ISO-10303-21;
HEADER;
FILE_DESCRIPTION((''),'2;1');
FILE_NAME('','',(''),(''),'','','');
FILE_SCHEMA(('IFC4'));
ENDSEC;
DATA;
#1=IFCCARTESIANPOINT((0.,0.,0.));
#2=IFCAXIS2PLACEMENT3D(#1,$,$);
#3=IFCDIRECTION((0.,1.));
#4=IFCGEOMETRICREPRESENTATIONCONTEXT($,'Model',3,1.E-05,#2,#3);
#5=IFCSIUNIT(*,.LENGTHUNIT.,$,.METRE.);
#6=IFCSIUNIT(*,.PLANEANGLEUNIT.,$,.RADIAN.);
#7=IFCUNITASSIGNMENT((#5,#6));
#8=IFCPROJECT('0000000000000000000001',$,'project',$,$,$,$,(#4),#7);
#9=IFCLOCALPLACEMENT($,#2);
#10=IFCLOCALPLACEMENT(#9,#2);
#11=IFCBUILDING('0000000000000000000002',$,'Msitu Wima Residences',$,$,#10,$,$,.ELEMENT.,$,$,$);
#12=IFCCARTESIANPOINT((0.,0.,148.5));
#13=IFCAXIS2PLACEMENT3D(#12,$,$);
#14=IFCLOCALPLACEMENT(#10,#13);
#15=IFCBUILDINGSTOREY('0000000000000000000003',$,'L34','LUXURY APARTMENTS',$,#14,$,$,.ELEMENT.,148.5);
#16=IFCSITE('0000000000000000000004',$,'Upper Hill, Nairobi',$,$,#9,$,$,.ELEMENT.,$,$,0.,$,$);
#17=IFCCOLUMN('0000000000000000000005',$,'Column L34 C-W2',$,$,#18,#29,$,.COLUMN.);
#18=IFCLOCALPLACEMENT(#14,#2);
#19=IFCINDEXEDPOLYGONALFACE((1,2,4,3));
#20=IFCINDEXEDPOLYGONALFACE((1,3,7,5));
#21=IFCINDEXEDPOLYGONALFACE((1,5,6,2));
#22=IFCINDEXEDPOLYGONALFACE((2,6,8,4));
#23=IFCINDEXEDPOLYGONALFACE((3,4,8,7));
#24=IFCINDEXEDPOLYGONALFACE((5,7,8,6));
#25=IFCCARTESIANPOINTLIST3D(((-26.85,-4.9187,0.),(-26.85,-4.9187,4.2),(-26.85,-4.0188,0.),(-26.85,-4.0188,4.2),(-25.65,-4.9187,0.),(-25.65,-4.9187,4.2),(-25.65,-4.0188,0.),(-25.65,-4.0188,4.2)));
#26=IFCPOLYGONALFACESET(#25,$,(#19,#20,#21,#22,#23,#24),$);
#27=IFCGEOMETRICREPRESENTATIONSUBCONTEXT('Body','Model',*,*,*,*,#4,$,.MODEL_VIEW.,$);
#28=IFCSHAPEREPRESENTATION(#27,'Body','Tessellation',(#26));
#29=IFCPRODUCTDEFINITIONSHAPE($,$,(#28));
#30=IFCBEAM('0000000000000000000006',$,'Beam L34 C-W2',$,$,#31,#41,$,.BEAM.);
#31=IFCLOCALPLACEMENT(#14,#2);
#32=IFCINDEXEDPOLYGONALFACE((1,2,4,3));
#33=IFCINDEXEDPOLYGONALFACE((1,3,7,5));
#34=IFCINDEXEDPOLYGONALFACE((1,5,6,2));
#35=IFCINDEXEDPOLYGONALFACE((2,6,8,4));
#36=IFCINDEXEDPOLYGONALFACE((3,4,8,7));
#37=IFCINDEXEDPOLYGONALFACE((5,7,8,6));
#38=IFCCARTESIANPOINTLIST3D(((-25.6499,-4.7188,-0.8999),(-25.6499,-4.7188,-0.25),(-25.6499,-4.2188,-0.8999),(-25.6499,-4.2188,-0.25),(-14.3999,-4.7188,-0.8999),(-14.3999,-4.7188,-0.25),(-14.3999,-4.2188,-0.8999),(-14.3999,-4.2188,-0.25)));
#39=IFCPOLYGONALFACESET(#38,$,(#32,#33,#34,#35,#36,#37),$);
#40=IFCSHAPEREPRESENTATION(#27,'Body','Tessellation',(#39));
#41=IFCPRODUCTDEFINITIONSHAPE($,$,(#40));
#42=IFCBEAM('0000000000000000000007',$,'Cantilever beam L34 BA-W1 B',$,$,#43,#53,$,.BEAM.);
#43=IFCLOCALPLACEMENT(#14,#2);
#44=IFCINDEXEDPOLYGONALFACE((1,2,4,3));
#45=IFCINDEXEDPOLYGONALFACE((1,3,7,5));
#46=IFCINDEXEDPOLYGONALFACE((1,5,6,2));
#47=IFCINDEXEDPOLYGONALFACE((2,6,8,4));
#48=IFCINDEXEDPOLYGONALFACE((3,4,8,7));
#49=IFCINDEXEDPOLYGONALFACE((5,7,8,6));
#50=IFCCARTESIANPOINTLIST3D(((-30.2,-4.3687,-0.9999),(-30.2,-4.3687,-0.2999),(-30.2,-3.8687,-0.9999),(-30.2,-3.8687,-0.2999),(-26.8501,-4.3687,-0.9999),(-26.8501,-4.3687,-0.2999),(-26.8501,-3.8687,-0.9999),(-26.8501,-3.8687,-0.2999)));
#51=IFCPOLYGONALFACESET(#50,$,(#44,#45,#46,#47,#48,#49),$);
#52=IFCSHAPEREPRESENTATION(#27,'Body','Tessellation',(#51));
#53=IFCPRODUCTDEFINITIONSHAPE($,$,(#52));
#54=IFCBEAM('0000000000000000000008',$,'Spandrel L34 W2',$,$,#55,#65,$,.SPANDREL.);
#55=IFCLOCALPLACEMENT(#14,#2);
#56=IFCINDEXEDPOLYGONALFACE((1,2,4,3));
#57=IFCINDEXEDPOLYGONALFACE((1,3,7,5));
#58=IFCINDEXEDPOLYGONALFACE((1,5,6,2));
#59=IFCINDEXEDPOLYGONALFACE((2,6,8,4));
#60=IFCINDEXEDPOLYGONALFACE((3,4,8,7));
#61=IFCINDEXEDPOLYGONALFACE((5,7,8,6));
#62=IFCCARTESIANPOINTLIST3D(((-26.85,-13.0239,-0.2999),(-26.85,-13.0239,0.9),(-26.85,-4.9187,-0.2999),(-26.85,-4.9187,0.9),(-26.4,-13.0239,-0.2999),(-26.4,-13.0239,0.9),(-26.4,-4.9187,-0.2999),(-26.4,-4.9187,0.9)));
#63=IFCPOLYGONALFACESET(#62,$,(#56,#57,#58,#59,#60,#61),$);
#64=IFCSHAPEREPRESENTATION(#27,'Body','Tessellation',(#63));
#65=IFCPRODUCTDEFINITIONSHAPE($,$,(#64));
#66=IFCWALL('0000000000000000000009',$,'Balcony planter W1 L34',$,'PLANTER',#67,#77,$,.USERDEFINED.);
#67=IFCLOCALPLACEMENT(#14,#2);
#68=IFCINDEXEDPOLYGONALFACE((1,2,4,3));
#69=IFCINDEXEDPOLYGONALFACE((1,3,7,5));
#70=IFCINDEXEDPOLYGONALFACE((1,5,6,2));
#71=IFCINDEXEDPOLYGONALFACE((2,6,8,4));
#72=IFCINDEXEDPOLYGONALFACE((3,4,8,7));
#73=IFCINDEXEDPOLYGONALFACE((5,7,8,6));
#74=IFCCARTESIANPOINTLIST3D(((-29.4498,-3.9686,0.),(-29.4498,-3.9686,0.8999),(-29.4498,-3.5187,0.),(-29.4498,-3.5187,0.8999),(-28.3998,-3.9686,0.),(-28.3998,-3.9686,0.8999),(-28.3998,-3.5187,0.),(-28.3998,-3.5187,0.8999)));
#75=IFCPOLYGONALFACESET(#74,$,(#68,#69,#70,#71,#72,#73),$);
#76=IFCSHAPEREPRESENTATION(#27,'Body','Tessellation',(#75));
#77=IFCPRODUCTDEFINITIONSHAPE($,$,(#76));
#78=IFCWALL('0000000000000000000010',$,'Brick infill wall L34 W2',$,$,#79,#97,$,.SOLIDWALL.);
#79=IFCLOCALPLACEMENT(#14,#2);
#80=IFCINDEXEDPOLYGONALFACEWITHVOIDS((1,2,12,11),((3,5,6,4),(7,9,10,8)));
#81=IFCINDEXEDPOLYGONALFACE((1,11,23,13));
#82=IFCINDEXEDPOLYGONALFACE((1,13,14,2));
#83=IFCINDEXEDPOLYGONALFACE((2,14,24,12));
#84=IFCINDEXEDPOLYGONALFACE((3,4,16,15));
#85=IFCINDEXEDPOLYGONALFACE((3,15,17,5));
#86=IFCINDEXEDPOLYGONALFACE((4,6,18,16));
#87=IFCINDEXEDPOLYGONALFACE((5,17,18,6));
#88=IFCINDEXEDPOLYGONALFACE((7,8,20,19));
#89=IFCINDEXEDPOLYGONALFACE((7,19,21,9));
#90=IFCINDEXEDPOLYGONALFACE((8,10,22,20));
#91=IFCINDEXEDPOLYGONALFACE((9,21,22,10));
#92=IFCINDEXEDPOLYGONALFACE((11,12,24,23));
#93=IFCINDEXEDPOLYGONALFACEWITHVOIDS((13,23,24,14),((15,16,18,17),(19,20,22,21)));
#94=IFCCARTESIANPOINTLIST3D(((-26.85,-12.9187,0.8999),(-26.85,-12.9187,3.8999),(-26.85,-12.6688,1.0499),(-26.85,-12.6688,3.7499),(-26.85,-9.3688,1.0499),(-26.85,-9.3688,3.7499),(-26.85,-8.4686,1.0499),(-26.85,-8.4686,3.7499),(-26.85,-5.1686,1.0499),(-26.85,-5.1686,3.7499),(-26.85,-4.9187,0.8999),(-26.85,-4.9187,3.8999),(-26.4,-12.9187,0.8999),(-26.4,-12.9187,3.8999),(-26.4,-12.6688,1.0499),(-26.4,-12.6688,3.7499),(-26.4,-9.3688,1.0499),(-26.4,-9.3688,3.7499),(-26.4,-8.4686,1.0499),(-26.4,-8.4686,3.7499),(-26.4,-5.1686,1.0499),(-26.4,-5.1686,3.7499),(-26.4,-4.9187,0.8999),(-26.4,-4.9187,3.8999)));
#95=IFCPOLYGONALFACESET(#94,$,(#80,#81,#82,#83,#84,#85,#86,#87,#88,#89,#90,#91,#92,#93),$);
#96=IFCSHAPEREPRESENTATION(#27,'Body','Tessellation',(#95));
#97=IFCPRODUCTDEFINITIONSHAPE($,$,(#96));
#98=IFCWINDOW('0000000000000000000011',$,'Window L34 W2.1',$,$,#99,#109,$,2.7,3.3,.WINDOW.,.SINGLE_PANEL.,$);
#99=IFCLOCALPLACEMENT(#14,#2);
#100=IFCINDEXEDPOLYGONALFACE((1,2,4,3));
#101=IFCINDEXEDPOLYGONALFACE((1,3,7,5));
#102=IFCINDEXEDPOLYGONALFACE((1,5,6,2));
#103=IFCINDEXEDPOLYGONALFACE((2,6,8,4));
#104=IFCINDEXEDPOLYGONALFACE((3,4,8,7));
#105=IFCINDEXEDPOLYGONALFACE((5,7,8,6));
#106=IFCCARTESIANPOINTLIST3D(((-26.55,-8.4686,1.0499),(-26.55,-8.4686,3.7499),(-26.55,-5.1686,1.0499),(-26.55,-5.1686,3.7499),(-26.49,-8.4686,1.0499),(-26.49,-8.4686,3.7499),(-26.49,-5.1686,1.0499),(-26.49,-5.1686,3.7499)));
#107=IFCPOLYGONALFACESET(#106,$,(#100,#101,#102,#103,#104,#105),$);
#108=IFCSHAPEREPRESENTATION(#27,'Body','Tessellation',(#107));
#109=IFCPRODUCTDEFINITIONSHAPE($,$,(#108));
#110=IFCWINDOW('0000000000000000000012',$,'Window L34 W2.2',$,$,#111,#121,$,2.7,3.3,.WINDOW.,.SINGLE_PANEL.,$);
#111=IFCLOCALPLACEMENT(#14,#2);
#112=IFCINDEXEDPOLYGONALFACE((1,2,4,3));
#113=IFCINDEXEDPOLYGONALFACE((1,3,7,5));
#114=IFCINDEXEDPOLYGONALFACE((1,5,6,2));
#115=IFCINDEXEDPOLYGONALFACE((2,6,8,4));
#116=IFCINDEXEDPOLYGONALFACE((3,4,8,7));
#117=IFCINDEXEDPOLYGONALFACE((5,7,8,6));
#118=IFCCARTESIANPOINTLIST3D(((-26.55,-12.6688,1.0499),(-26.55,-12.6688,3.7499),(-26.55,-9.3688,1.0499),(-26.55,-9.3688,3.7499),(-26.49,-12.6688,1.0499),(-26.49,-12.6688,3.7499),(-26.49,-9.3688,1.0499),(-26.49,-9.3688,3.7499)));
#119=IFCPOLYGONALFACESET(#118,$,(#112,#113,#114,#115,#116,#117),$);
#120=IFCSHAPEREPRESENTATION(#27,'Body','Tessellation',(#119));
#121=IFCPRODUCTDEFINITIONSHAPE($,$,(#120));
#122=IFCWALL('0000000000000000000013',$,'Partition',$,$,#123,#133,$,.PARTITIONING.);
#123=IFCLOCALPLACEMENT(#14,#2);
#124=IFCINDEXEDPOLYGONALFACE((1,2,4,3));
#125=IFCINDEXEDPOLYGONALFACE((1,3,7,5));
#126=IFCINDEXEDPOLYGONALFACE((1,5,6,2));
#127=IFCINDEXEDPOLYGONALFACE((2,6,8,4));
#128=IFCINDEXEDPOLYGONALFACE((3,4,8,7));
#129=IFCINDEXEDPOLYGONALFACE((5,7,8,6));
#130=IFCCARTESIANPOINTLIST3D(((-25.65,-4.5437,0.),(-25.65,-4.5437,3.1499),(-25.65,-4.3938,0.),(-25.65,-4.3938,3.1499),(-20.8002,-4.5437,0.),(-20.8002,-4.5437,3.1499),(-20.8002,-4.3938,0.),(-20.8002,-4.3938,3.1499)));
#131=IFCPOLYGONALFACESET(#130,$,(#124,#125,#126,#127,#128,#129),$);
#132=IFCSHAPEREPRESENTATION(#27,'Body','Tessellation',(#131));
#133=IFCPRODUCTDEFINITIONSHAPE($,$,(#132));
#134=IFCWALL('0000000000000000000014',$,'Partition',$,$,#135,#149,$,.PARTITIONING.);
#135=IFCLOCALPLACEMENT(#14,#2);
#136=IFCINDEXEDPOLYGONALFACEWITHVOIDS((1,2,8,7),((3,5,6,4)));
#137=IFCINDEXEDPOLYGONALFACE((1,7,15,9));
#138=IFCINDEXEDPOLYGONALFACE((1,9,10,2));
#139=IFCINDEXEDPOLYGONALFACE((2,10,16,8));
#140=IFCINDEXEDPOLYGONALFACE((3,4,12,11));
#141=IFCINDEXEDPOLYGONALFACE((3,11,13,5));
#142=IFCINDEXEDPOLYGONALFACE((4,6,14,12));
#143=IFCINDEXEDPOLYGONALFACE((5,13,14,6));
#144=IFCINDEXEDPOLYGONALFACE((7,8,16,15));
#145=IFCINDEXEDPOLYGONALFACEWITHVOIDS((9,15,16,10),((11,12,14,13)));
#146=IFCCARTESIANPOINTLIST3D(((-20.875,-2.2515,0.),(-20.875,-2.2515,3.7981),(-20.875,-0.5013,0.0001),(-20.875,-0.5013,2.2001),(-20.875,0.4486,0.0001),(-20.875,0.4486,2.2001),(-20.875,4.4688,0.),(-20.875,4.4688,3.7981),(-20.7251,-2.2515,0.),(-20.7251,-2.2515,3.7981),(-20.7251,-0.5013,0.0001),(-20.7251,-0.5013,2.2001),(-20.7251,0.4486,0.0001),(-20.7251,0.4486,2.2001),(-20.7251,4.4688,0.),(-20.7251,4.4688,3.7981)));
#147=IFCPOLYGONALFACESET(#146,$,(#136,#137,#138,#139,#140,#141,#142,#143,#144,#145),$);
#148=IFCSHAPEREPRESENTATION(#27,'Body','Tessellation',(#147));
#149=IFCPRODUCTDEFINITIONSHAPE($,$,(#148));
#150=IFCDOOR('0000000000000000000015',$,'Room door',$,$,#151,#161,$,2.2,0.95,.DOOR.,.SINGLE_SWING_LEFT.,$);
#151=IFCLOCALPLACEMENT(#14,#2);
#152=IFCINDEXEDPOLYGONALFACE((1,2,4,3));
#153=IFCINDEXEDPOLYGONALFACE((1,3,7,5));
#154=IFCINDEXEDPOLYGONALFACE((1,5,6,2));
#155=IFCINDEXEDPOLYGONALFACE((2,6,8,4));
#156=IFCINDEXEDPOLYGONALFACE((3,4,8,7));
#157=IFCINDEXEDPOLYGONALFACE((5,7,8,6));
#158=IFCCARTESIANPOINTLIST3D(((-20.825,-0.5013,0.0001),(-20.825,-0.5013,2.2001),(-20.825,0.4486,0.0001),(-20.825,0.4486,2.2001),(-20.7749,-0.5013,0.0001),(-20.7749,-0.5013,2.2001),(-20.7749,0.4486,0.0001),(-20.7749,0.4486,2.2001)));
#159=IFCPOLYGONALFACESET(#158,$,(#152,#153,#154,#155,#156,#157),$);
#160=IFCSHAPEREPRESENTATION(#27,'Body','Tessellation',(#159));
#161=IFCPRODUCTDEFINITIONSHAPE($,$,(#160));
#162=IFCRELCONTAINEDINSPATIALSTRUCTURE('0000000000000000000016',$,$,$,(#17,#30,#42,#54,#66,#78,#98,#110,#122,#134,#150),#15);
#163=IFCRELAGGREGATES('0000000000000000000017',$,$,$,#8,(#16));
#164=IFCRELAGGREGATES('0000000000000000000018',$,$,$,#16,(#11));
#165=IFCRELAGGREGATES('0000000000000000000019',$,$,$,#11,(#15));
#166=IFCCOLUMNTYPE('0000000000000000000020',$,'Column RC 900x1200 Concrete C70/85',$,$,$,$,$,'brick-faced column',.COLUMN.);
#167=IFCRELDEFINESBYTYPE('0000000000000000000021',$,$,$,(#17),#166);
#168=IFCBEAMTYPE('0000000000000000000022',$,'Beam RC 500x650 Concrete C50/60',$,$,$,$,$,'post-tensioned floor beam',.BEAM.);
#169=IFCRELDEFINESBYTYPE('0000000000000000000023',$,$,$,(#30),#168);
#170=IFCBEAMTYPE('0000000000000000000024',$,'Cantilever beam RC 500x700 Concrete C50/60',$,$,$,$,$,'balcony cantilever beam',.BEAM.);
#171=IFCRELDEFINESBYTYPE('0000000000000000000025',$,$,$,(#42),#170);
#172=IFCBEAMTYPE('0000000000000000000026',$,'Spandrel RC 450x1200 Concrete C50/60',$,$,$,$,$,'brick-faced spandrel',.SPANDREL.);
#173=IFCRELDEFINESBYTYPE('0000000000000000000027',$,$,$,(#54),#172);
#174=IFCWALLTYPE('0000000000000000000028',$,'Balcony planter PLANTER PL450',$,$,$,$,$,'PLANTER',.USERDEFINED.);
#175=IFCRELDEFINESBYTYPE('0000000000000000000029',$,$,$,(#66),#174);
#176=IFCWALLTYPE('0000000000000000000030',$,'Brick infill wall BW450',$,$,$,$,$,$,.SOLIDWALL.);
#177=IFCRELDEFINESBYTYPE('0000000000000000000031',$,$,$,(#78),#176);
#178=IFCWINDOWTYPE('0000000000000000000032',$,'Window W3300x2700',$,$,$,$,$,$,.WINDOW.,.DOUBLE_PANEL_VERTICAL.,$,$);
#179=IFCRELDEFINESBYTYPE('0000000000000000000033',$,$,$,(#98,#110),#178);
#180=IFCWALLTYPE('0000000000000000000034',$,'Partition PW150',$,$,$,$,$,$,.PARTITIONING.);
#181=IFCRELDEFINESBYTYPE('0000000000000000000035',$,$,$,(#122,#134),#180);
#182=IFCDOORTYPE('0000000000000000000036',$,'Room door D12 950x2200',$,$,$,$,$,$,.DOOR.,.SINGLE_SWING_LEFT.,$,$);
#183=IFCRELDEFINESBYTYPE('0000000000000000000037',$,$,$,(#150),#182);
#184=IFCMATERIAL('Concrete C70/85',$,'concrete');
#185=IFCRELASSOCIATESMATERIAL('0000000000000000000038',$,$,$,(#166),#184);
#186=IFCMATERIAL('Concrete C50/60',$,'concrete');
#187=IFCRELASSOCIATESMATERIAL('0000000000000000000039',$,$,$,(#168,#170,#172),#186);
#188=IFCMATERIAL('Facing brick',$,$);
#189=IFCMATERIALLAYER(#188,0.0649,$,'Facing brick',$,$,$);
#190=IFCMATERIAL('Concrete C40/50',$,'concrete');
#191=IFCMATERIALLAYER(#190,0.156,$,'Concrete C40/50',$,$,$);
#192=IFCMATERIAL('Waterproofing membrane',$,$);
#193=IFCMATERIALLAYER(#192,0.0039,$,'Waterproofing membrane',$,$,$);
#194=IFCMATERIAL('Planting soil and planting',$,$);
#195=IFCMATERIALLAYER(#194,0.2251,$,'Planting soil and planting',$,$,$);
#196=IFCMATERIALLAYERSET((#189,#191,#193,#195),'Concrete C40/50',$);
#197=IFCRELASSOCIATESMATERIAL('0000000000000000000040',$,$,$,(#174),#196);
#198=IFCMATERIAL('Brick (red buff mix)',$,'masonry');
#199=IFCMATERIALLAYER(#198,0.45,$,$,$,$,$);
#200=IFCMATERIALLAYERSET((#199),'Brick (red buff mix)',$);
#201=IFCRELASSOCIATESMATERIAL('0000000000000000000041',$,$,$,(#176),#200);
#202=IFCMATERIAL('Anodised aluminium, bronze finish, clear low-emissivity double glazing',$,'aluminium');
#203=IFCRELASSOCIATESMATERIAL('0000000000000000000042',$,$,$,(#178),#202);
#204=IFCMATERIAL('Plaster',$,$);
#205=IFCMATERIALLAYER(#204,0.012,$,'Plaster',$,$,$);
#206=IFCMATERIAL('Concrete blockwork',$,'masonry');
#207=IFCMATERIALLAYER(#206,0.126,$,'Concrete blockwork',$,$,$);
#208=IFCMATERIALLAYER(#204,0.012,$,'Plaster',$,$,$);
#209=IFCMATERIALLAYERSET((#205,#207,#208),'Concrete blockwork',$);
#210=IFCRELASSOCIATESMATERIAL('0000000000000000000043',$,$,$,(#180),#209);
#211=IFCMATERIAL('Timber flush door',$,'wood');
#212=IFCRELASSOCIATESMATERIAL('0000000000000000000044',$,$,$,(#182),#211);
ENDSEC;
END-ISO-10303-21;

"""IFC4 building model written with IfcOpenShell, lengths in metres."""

from ifc_helpers import new_model, si_unit, direction, frame, frame_2d, origin, origin_2d, place, context, subcontext, project, spatial, rectangle, extrude, material, layer, layer_set, material_profile, profile_set, type_object, element, fill, save


model = new_model("IFC4")

# Units and contexts
model_context = context("Model", 3, precision=1e-05, world=origin(), true_north=direction((0.0, 1.0)))
body_context = subcontext(model_context, "Body", "Model", "MODEL_VIEW")
ifc_project = project(units=[si_unit("LENGTHUNIT", "METRE"), si_unit("PLANEANGLEUNIT", "RADIAN")], contexts=[model_context])

# Site, building, storey
site_placement = place(None, origin())
site = spatial("IfcSite", under=ifc_project, at=site_placement, Name="Upper Hill, Nairobi", CompositionType="ELEMENT", RefElevation=0.0)
building_placement = place(site_placement, origin())
building = spatial("IfcBuilding", under=site, at=building_placement, Name="Msitu Wima Residences", CompositionType="ELEMENT")
storey_placement = place(building_placement, frame((0.0, 0.0, 148.5)))
storey = spatial("IfcBuildingStorey", under=building, at=storey_placement, Name="L34", Description="LUXURY APARTMENTS", CompositionType="ELEMENT", Elevation=148.5)

# Column
ifc_material_1 = material(Name="Concrete C70/85", Category="concrete")
ifc_material_profile_1 = material_profile(ifc_material_1, rectangle(XDim=0.8999, YDim=1.2, at=origin_2d()), Name="RC 900x1200")
ifc_profile_set_1 = profile_set([ifc_material_profile_1], Name="Concrete C70/85")
column_type = type_object("IfcColumnType", Name="Column RC 900x1200 Concrete C70/85", ElementType="brick-faced column", PredefinedType="COLUMN", material=ifc_profile_set_1)
column_placement = place(storey_placement, frame((-26.25, -4.4688, 0.0), z_axis=(0.0, 0.0, 1.0), x_axis=(0.0, -1.0, 0.0)))
element("IfcColumn", 1, at=column_placement, inside=storey, type_object=column_type, Name="Column L34 C-W2", PredefinedType="COLUMN", context=body_context, shape_type="SweptSolid", body=[
    extrude(rectangle(XDim=0.8999, YDim=1.2, at=origin_2d()), origin(), (0.0, 0.0, 1.0), 4.2),
])

# Beams
ifc_material_2 = material(Name="Concrete C50/60", Category="concrete")
ifc_material_profile_2 = material_profile(ifc_material_2, rectangle(XDim=0.5, YDim=0.6499, at=origin_2d()), Name="RC 500x650")
ifc_profile_set_2 = profile_set([ifc_material_profile_2], Name="Concrete C50/60")
beam_type_1 = type_object("IfcBeamType", Name="Beam RC 500x650 Concrete C50/60", ElementType="post-tensioned floor beam", PredefinedType="BEAM", material=ifc_profile_set_2)
beam_1_placement = place(storey_placement, frame((-25.6499, -4.4688, -0.575), z_axis=(1.0, 0.0, 0.0), x_axis=(0.0, 1.0, 0.0)))
element("IfcBeam", 2, at=beam_1_placement, inside=storey, type_object=beam_type_1, Name="Beam L34 C-W2", PredefinedType="BEAM", context=body_context, shape_type="SweptSolid", body=[
    extrude(rectangle(XDim=0.5, YDim=0.6499, at=origin_2d()), origin(), (0.0, 0.0, 1.0), 11.25),
])
ifc_material_profile_3 = material_profile(ifc_material_2, rectangle(XDim=0.5, YDim=0.7, at=origin_2d()), Name="RC 500x700")
ifc_profile_set_3 = profile_set([ifc_material_profile_3], Name="Concrete C50/60")
beam_type_2 = type_object("IfcBeamType", Name="Cantilever beam RC 500x700 Concrete C50/60", ElementType="balcony cantilever beam", PredefinedType="BEAM", material=ifc_profile_set_3)
beam_2_placement = place(storey_placement, frame((-26.8501, -4.1187, -0.6499), z_axis=(-1.0, 0.0, 0.0), x_axis=(0.0, -1.0, 0.0)))
element("IfcBeam", 3, at=beam_2_placement, inside=storey, type_object=beam_type_2, Name="Cantilever beam L34 BA-W1 B", PredefinedType="BEAM", context=body_context, shape_type="SweptSolid", body=[
    extrude(rectangle(XDim=0.5, YDim=0.7, at=origin_2d()), origin(), (0.0, 0.0, 1.0), 3.3499),
])
ifc_material_profile_4 = material_profile(ifc_material_2, rectangle(XDim=0.45, YDim=1.2, at=origin_2d()), Name="RC 450x1200")
ifc_profile_set_4 = profile_set([ifc_material_profile_4], Name="Concrete C50/60")
beam_type_3 = type_object("IfcBeamType", Name="Spandrel RC 450x1200 Concrete C50/60", ElementType="brick-faced spandrel", PredefinedType="SPANDREL", material=ifc_profile_set_4)
beam_3_placement = place(storey_placement, frame((-26.625, -4.9187, 0.3), z_axis=(0.0, -1.0, 0.0), x_axis=(1.0, 0.0, 0.0)))
element("IfcBeam", 4, at=beam_3_placement, inside=storey, type_object=beam_type_3, Name="Spandrel L34 W2", PredefinedType="SPANDREL", context=body_context, shape_type="SweptSolid", body=[
    extrude(rectangle(XDim=0.45, YDim=1.2, at=origin_2d()), origin(), (0.0, 0.0, 1.0), 8.1052),
])

# Wall
ifc_material_3 = material(Name="Facing brick")
ifc_layer_1 = layer(ifc_material_3, 0.0649, Name="Facing brick")
ifc_material_4 = material(Name="Concrete C40/50", Category="concrete")
ifc_layer_2 = layer(ifc_material_4, 0.156, Name="Concrete C40/50")
ifc_material_5 = material(Name="Waterproofing membrane")
ifc_layer_3 = layer(ifc_material_5, 0.0039, Name="Waterproofing membrane")
ifc_material_6 = material(Name="Planting soil and planting")
ifc_layer_4 = layer(ifc_material_6, 0.2251, Name="Planting soil and planting")
ifc_layer_set_1 = layer_set([ifc_layer_1, ifc_layer_2, ifc_layer_3, ifc_layer_4], Name="Concrete C40/50")
wall_type_1 = type_object("IfcWallType", Name="Balcony planter PLANTER PL450", ElementType="PLANTER", PredefinedType="USERDEFINED", material=ifc_layer_set_1)
wall_1_placement = place(storey_placement, frame((-28.3999, -3.7437, 0.0), z_axis=(0.0, 0.0, 1.0), x_axis=(-1.0, 0.0, 0.0)))
element("IfcWall", 5, at=wall_1_placement, inside=storey, type_object=wall_type_1, Name="Balcony planter W1 L34", ObjectType="PLANTER", PredefinedType="USERDEFINED", context=body_context, shape_type="SweptSolid", body=[
    extrude(rectangle(XDim=1.05, YDim=0.45, at=frame_2d((0.5249, 0.0))), origin(), (0.0, 0.0, 1.0), 0.8999),
])

# Wall, openings, windows
ifc_material_7 = material(Name="Brick (red buff mix)", Category="masonry")
ifc_layer_5 = layer(ifc_material_7, 0.45)
ifc_layer_set_2 = layer_set([ifc_layer_5], Name="Brick (red buff mix)")
wall_type_2 = type_object("IfcWallType", Name="Brick infill wall BW450", PredefinedType="SOLIDWALL", material=ifc_layer_set_2)
wall_2_placement = place(storey_placement, frame((-26.625, -4.9187, 0.8999), z_axis=(0.0, 0.0, 1.0), x_axis=(0.0, -1.0, 0.0)))
wall_2 = element("IfcWall", 6, at=wall_2_placement, inside=storey, type_object=wall_type_2, Name="Brick infill wall L34 W2", PredefinedType="SOLIDWALL", context=body_context, shape_type="SweptSolid", body=[
    extrude(rectangle(XDim=8.0, YDim=0.45, at=frame_2d((4.0, 0.0))), origin(), (0.0, 0.0, 1.0), 3.0),
])
opening_1_placement = place(wall_2_placement, frame((0.25, 0.0, 0.1499)))
opening_1 = element("IfcOpeningElement", 7, at=opening_1_placement, cuts=wall_2, PredefinedType="OPENING", context=body_context, shape_type="SweptSolid", body=[
    extrude(rectangle(XDim=3.3, YDim=2.7, at=frame_2d((1.6499, 1.3501))), frame((0.0, 0.2349, 0.0), z_axis=(0.0, -1.0, 0.0), x_axis=(1.0, 0.0, 0.0)), (0.0, 0.0, 1.0), 0.47),
])
opening_2_placement = place(wall_2_placement, frame((4.4502, 0.0, 0.1499)))
opening_2 = element("IfcOpeningElement", 8, at=opening_2_placement, cuts=wall_2, PredefinedType="OPENING", context=body_context, shape_type="SweptSolid", body=[
    extrude(rectangle(XDim=3.3, YDim=2.7, at=frame_2d((1.6499, 1.3501))), frame((0.0, 0.2349, 0.0), z_axis=(0.0, -1.0, 0.0), x_axis=(1.0, 0.0, 0.0)), (0.0, 0.0, 1.0), 0.47),
])
ifc_material_8 = material(Name="Anodised aluminium, bronze finish, clear low-emissivity double glazing", Category="aluminium")
window_type = type_object("IfcWindowType", Name="Window W3300x2700", PartitioningType="DOUBLE_PANEL_VERTICAL", PredefinedType="WINDOW", material=ifc_material_8)
window_1_placement = place(opening_1_placement, origin())
window_1 = element("IfcWindow", 9, at=window_1_placement, inside=storey, type_object=window_type, Name="Window L34 W2.1", OverallHeight=2.7, OverallWidth=3.3, PartitioningType="SINGLE_PANEL", PredefinedType="WINDOW", context=body_context, shape_type="SweptSolid", body=[
    extrude(rectangle(XDim=3.3, YDim=2.7, at=frame_2d((1.6499, 1.3501))), frame((0.0, 0.135, 0.0), z_axis=(0.0, -1.0, 0.0), x_axis=(1.0, 0.0, 0.0)), (0.0, 0.0, 1.0), 0.0601),
])
fill(opening_1, window_1)
window_2_placement = place(opening_2_placement, origin())
window_2 = element("IfcWindow", 10, at=window_2_placement, inside=storey, type_object=window_type, Name="Window L34 W2.2", OverallHeight=2.7, OverallWidth=3.3, PartitioningType="SINGLE_PANEL", PredefinedType="WINDOW", context=body_context, shape_type="SweptSolid", body=[
    extrude(rectangle(XDim=3.3, YDim=2.7, at=frame_2d((1.6499, 1.3501))), frame((0.0, 0.135, 0.0), z_axis=(0.0, -1.0, 0.0), x_axis=(1.0, 0.0, 0.0)), (0.0, 0.0, 1.0), 0.0601),
])
fill(opening_2, window_2)

# Wall
ifc_material_9 = material(Name="Plaster")
ifc_layer_6 = layer(ifc_material_9, 0.012, Name="Plaster")
ifc_material_10 = material(Name="Concrete blockwork", Category="masonry")
ifc_layer_7 = layer(ifc_material_10, 0.126, Name="Concrete blockwork")
ifc_layer_8 = layer(ifc_material_9, 0.012, Name="Plaster")
ifc_layer_set_3 = layer_set([ifc_layer_6, ifc_layer_7, ifc_layer_8], Name="Concrete blockwork")
wall_type_3 = type_object("IfcWallType", Name="Partition PW150", PredefinedType="PARTITIONING", material=ifc_layer_set_3)
wall_3_placement = place(storey_placement, frame((-25.6499, -4.4688, 0.0), z_axis=(0.0, 0.0, 1.0), x_axis=(1.0, 0.0, 0.0)))
element("IfcWall", 11, at=wall_3_placement, inside=storey, type_object=wall_type_3, Name="Partition", PredefinedType="PARTITIONING", context=body_context, shape_type="SweptSolid", body=[
    extrude(rectangle(XDim=4.8499, YDim=0.1499, at=frame_2d((2.4248, 0.0))), origin(), (0.0, 0.0, 1.0), 3.1499),
])

# Wall, opening, door
wall_4_placement = place(storey_placement, frame((-20.8, -2.2515, 0.0), z_axis=(0.0, 0.0, 1.0), x_axis=(0.0, 1.0, 0.0)))
wall_4 = element("IfcWall", 12, at=wall_4_placement, inside=storey, type_object=wall_type_3, Name="Partition", PredefinedType="PARTITIONING", context=body_context, shape_type="SweptSolid", body=[
    extrude(rectangle(XDim=6.7202, YDim=0.1499, at=frame_2d((3.3601, 0.0))), origin(), (0.0, 0.0, 1.0), 3.7981),
])
opening_3_placement = place(wall_4_placement, frame((1.75, 0.0, 0.0)))
opening_3 = element("IfcOpeningElement", 13, at=opening_3_placement, cuts=wall_4, PredefinedType="OPENING", context=body_context, shape_type="SweptSolid", body=[
    extrude(rectangle(XDim=0.95, YDim=2.2, at=frame_2d((0.4751, 1.1001))), frame((0.0, 0.085, 0.0), z_axis=(0.0, -1.0, 0.0), x_axis=(1.0, 0.0, 0.0)), (0.0, 0.0, 1.0), 0.1699),
])
ifc_material_11 = material(Name="Timber flush door", Category="wood")
door_type_1 = type_object("IfcDoorType", Name="Room door D12 950x2200", OperationType="SINGLE_SWING_LEFT", PredefinedType="DOOR", material=ifc_material_11)
door_1_placement = place(opening_3_placement, origin())
door_1 = element("IfcDoor", 14, at=door_1_placement, inside=storey, type_object=door_type_1, Name="Room door", OperationType="SINGLE_SWING_LEFT", OverallHeight=2.2, OverallWidth=0.95, PredefinedType="DOOR", context=body_context, shape_type="SweptSolid", body=[
    extrude(rectangle(XDim=0.95, YDim=2.2, at=frame_2d((0.4751, 1.1001))), frame((0.0, 0.0249, 0.0), z_axis=(0.0, -1.0, 0.0), x_axis=(1.0, 0.0, 0.0)), (0.0, 0.0, 1.0), 0.05),
])
fill(opening_3, door_1)

save(model, "model.ifc")
